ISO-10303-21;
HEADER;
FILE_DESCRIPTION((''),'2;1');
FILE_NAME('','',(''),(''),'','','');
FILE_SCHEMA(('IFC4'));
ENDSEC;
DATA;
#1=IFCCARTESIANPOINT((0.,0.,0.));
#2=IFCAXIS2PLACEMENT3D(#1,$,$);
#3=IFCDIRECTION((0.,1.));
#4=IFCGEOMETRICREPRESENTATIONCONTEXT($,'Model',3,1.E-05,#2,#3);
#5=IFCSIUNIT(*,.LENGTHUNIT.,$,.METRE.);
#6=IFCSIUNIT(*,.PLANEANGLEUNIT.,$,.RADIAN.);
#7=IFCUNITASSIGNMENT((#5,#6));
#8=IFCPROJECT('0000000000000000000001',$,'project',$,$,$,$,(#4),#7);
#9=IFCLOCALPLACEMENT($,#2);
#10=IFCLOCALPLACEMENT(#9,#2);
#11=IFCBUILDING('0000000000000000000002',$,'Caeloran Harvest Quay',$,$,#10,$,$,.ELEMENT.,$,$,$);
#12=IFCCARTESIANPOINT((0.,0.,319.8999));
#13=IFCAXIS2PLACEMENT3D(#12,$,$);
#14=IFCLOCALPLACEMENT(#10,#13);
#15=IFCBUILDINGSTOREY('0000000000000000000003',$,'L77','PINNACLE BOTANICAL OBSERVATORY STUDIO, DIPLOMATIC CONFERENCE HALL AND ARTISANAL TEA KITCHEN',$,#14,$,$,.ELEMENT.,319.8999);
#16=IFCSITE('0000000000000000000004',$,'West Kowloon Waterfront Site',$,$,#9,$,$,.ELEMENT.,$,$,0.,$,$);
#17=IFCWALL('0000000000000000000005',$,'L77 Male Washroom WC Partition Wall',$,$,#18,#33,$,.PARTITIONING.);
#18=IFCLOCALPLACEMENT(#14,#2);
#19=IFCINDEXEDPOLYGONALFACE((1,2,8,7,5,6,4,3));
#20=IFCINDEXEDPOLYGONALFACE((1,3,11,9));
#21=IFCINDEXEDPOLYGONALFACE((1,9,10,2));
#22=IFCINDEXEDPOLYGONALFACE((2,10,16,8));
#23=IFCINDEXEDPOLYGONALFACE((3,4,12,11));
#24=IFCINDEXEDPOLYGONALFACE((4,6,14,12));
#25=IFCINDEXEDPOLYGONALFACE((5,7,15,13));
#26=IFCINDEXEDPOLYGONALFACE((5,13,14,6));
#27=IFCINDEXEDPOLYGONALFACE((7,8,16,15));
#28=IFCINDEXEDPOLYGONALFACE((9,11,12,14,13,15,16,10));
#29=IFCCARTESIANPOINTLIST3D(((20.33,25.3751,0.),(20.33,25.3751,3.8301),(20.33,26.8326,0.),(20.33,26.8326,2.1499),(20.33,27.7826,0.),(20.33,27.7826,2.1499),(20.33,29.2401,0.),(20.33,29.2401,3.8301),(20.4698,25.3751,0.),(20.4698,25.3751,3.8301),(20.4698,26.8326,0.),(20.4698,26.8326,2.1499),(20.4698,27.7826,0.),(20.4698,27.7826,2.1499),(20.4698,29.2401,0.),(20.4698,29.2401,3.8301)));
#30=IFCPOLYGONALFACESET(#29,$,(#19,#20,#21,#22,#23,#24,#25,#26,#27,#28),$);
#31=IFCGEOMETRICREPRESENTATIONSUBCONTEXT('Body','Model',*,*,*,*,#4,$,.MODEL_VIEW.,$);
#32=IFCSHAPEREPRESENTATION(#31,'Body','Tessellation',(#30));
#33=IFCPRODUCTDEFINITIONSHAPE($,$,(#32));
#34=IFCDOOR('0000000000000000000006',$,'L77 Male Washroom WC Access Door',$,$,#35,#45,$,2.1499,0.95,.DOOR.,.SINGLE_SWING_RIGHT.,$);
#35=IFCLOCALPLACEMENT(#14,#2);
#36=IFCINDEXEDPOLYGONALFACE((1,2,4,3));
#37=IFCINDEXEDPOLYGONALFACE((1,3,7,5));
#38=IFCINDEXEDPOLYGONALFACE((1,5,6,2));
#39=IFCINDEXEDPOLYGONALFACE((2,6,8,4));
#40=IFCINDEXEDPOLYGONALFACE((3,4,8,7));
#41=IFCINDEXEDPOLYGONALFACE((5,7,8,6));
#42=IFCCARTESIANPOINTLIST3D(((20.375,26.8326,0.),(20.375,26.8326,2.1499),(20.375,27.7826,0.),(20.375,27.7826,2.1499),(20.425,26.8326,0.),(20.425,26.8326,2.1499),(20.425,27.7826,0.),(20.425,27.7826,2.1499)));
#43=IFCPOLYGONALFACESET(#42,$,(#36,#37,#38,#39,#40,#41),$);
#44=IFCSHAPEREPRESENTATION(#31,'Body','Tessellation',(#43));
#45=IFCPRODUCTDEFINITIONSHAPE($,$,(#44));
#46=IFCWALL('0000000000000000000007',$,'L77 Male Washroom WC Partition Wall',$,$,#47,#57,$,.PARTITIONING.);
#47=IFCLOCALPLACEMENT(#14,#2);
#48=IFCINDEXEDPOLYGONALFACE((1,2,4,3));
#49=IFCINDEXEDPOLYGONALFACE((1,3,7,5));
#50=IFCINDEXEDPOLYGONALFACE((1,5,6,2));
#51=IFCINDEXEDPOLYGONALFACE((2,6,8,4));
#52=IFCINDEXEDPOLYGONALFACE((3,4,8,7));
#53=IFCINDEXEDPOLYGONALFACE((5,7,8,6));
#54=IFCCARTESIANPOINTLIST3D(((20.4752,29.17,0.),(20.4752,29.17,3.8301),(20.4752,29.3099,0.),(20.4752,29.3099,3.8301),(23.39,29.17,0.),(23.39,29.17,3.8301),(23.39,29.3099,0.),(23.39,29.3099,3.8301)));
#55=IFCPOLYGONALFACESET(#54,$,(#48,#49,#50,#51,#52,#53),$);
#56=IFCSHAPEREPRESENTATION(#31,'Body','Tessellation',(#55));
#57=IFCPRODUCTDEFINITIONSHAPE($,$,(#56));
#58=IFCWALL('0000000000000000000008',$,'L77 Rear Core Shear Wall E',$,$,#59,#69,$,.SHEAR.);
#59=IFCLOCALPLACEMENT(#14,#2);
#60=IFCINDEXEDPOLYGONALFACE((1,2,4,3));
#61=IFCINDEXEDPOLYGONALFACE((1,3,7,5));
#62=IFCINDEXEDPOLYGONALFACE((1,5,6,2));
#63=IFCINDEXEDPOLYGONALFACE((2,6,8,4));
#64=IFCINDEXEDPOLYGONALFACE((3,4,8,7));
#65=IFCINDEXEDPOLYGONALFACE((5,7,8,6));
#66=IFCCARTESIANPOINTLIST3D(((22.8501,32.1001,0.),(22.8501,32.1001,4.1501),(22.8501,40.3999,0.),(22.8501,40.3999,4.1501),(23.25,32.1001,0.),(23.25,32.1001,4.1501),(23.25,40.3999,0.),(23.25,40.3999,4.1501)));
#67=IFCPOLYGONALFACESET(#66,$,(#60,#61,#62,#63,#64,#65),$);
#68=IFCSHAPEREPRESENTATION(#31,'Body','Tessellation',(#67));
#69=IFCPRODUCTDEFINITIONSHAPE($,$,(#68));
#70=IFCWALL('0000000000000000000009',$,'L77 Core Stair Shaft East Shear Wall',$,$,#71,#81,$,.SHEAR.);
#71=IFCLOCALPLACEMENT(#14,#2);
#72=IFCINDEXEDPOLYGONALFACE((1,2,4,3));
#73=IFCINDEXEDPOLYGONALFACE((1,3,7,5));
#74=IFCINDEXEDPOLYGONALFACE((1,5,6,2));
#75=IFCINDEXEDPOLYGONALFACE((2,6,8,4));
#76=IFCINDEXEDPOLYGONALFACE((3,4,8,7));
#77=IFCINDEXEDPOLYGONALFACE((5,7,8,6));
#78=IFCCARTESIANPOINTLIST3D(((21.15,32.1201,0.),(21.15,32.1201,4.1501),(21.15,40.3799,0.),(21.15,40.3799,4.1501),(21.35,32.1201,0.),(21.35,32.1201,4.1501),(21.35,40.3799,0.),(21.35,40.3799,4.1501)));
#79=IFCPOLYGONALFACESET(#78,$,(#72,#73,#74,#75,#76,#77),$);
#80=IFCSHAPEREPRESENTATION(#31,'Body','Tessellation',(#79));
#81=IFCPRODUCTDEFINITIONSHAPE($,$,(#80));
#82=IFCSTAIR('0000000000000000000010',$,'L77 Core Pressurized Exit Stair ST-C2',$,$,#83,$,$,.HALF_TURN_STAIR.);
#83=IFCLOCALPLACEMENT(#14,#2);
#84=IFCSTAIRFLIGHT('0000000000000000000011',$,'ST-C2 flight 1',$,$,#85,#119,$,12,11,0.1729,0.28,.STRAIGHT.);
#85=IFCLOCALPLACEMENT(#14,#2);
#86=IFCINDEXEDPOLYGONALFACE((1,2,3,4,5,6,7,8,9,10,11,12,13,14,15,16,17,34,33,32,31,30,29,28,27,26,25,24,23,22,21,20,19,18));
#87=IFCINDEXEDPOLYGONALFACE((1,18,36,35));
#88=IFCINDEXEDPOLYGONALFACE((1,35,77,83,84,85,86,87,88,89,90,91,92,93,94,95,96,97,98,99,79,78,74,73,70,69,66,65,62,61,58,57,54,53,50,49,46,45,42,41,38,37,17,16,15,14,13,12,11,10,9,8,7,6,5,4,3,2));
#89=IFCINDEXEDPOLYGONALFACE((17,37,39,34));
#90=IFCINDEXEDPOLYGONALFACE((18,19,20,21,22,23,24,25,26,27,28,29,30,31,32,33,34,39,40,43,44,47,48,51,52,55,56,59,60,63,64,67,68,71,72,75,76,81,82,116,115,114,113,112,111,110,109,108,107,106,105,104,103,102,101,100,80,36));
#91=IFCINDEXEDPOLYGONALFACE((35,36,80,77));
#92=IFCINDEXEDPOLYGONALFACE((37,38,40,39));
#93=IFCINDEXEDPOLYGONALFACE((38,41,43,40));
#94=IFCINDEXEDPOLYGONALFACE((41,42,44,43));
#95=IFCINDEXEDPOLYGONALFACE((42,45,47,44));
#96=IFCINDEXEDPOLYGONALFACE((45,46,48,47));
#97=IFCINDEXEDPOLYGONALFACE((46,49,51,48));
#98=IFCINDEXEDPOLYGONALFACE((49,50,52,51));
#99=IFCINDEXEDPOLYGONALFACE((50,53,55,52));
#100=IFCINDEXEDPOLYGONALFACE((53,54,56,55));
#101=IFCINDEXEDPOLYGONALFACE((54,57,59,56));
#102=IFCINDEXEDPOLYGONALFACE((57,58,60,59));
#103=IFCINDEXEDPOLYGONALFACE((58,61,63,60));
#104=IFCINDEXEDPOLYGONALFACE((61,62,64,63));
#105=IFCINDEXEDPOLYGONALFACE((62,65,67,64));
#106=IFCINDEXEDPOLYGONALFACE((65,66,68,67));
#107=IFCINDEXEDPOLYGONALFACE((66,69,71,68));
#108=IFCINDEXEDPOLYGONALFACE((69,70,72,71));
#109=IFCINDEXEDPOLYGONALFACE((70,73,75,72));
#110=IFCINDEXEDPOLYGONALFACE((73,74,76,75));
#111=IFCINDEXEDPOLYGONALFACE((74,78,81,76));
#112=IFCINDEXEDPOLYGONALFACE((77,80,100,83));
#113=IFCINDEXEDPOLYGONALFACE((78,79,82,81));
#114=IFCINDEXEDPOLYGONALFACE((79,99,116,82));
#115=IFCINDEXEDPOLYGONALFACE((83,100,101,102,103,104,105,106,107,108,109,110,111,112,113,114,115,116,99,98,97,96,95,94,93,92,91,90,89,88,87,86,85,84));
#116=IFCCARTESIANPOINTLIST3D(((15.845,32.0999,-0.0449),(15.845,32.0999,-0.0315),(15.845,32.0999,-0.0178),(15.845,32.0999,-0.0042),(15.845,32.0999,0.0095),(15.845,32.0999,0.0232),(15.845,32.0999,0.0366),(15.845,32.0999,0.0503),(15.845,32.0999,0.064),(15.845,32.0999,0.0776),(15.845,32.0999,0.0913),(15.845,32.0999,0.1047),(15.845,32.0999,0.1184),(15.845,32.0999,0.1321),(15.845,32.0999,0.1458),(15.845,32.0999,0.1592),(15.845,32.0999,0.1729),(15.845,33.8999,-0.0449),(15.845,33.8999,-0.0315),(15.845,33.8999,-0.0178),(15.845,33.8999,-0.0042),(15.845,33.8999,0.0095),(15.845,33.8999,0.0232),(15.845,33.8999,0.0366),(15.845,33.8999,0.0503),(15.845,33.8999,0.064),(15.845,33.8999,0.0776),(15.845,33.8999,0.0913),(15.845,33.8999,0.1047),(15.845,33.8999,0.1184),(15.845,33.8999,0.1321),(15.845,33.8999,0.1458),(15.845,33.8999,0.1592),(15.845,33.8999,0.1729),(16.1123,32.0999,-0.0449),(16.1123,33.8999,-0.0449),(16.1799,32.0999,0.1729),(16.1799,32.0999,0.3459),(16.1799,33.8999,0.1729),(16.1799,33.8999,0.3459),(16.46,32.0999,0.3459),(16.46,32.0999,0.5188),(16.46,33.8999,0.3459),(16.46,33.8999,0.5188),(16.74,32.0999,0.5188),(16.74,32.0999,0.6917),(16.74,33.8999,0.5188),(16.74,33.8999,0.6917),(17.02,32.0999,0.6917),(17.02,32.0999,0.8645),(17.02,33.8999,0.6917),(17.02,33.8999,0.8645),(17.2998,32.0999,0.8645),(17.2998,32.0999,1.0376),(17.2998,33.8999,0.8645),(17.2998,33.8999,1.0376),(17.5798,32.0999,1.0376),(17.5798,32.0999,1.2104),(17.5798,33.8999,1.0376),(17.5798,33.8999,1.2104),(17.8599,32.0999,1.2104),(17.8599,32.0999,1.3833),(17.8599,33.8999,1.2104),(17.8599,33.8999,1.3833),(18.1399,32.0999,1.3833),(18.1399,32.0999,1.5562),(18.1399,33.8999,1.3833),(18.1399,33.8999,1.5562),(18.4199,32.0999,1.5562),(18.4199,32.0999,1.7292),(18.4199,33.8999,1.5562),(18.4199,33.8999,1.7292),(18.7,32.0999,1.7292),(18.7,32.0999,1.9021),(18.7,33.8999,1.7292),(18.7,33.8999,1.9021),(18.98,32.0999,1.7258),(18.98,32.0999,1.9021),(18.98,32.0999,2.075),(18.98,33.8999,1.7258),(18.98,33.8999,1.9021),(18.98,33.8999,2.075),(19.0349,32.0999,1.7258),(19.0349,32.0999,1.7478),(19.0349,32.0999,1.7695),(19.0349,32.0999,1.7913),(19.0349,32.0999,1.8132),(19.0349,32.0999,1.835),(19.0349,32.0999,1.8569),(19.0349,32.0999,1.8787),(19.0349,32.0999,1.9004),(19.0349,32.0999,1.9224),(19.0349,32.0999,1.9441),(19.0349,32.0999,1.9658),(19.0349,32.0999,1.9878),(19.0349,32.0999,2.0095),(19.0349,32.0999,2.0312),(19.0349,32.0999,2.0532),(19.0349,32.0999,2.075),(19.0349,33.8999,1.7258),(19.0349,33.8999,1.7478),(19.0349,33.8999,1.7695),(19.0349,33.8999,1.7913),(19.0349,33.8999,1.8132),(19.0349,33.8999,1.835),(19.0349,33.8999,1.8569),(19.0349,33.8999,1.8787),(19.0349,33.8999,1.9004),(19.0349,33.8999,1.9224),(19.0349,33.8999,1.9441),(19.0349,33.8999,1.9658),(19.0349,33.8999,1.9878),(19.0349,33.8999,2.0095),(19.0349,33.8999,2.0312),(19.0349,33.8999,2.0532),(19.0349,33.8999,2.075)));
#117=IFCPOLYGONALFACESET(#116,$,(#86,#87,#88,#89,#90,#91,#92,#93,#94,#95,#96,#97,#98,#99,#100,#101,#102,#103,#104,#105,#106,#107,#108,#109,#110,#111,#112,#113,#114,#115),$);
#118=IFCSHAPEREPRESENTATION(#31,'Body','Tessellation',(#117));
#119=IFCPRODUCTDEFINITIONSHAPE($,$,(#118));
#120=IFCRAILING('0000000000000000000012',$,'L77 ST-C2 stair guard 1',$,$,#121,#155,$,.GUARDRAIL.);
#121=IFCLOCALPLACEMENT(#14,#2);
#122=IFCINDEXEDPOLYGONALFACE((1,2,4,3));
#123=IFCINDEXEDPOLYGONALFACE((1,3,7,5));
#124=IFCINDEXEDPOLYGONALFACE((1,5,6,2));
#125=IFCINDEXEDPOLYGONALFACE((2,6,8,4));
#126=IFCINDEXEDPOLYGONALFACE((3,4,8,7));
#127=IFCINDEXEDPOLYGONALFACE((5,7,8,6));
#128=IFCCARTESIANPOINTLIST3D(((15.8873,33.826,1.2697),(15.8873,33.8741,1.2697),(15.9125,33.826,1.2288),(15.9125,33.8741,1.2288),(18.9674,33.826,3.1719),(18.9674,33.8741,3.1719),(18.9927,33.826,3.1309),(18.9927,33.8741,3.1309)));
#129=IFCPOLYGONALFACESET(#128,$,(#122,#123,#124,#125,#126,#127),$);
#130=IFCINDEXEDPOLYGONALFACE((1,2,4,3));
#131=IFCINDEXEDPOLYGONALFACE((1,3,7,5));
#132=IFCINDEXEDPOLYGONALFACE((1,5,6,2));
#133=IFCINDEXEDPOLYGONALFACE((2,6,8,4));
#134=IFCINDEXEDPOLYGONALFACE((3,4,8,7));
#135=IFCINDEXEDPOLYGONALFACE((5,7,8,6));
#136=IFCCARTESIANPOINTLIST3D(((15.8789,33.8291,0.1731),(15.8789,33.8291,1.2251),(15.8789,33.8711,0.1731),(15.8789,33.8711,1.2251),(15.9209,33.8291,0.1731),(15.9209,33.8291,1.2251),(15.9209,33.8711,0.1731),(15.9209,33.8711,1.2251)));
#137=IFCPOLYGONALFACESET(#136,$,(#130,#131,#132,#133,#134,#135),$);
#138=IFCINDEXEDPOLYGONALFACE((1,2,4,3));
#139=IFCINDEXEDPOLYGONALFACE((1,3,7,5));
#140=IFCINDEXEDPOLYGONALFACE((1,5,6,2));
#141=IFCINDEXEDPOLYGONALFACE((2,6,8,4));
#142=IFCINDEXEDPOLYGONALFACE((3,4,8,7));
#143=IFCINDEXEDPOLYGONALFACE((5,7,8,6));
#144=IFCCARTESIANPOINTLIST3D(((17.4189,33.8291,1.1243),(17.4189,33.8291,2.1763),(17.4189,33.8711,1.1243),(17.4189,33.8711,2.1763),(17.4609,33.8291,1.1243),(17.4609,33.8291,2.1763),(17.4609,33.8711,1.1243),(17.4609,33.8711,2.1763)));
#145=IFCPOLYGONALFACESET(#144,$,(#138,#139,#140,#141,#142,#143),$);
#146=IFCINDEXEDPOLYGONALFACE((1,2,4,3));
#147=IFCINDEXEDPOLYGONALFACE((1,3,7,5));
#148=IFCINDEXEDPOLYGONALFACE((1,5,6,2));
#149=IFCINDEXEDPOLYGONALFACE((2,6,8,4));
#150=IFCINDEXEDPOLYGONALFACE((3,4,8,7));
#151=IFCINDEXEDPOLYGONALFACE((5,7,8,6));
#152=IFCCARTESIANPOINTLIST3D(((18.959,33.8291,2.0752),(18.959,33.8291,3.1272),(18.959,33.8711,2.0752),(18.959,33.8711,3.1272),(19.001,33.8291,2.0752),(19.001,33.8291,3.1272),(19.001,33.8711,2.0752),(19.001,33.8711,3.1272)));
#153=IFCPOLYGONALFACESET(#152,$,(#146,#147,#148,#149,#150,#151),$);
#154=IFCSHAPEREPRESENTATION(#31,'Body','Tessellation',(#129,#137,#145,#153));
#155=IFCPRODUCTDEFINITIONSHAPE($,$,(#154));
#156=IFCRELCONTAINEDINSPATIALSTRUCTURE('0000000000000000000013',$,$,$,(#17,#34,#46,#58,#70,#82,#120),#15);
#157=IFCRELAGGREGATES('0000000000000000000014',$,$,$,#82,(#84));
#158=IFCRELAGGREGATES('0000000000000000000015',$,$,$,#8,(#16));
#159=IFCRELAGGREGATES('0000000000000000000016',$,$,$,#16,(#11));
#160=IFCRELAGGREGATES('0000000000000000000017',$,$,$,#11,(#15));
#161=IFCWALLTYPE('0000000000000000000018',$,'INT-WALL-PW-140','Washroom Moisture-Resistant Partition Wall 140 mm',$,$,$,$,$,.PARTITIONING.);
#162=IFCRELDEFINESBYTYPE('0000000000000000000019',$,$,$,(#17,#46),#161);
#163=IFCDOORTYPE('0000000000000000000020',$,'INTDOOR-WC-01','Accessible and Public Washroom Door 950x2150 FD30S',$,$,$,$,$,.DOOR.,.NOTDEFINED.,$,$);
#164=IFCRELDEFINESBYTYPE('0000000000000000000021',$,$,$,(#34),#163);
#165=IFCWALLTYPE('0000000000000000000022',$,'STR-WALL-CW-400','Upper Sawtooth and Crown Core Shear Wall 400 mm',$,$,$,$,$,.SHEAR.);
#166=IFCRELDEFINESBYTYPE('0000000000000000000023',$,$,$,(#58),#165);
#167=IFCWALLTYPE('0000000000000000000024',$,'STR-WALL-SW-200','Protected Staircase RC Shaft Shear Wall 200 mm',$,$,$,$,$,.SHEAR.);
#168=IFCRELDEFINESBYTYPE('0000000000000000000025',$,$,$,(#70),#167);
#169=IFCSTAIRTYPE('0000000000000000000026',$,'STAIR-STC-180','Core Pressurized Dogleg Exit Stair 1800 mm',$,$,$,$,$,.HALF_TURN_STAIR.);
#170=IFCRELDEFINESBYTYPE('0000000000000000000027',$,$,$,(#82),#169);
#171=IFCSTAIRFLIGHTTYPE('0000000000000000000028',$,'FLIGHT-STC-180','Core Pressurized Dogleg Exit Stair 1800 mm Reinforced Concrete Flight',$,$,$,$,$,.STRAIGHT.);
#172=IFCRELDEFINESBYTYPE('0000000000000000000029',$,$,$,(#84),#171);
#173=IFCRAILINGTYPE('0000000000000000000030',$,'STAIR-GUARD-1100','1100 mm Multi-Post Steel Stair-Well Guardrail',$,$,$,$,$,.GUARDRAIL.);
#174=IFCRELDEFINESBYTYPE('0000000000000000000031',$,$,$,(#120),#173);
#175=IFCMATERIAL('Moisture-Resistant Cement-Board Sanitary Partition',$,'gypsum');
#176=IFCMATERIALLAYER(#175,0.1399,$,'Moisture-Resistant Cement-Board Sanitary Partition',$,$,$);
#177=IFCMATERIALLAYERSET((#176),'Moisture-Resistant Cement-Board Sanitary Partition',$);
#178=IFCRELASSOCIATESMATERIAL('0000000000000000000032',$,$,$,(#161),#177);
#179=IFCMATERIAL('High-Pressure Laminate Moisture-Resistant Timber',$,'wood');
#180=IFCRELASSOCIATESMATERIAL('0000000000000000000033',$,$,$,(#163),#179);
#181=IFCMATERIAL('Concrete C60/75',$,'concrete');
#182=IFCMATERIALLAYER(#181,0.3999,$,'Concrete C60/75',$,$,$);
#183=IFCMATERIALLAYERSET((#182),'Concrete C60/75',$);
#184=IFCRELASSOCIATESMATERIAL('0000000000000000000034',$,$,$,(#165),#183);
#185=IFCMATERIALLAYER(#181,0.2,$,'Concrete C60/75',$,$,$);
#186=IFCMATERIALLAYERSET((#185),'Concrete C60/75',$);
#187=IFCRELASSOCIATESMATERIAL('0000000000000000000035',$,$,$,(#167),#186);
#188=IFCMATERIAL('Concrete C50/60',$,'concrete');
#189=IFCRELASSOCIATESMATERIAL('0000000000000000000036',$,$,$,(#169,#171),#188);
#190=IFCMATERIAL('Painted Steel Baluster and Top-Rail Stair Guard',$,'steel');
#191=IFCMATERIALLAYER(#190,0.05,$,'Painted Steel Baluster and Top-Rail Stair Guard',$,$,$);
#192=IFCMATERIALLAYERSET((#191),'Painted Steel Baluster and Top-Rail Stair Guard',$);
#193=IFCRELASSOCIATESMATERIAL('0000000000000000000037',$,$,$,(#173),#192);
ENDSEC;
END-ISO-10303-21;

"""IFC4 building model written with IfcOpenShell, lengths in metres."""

from ifc_helpers import new_model, si_unit, direction, frame, frame_2d, origin, origin_2d, place, context, subcontext, project, spatial, polyline, rectangle, outline, extrude, material, layer, layer_set, type_object, element, fill, aggregate, save


model = new_model("IFC4")

# Units and contexts
model_context = context("Model", 3, precision=1e-05, world=origin(), true_north=direction((0.0, 1.0)))
body_context = subcontext(model_context, "Body", "Model", "MODEL_VIEW")
ifc_project = project(units=[si_unit("LENGTHUNIT", "METRE"), si_unit("PLANEANGLEUNIT", "RADIAN")], contexts=[model_context])

# Site, building, storey
site_placement = place(None, origin())
site = spatial("IfcSite", under=ifc_project, at=site_placement, Name="West Kowloon Waterfront Site", CompositionType="ELEMENT", RefElevation=0.0)
building_placement = place(site_placement, origin())
building = spatial("IfcBuilding", under=site, at=building_placement, Name="Caeloran Harvest Quay", CompositionType="ELEMENT")
storey_placement = place(building_placement, frame((0.0, 0.0, 319.8999)))
storey = spatial("IfcBuildingStorey", under=building, at=storey_placement, Name="L77", Description="PINNACLE BOTANICAL OBSERVATORY STUDIO, DIPLOMATIC CONFERENCE HALL AND ARTISANAL TEA KITCHEN", CompositionType="ELEMENT", Elevation=319.8999)

# Shared definitions
ifc_material_1 = material(Name="Concrete C60/75", Category="concrete")

# Shared definitions
ifc_material_2 = material(Name="Moisture-Resistant Cement-Board Sanitary Partition", Category="gypsum")
ifc_layer_1 = layer(ifc_material_2, 0.1399, Name="Moisture-Resistant Cement-Board Sanitary Partition")
ifc_layer_set_1 = layer_set([ifc_layer_1], Name="Moisture-Resistant Cement-Board Sanitary Partition")
wall_type_1 = type_object("IfcWallType", Name="INT-WALL-PW-140", Description="Washroom Moisture-Resistant Partition Wall 140 mm", PredefinedType="PARTITIONING", material=ifc_layer_set_1)

# Wall, opening, door
wall_1_placement = place(storey_placement, frame((20.3999, 25.375, 0.0), z_axis=(0.0, 0.0, 1.0), x_axis=(0.0, 1.0, 0.0)))
wall_1 = element("IfcWall", 1, at=wall_1_placement, inside=storey, type_object=wall_type_1, Name="L77 Male Washroom WC Partition Wall", PredefinedType="PARTITIONING", context=body_context, shape_type="SweptSolid", body=[
    extrude(rectangle(XDim=3.865, YDim=0.1399, at=frame_2d((1.9326, 0.0))), origin(), (0.0, 0.0, 1.0), 3.8301),
])
opening_1_placement = place(wall_1_placement, frame((1.4575, 0.0, 0.0)))
opening_1 = element("IfcOpeningElement", 2, at=opening_1_placement, cuts=wall_1, PredefinedType="OPENING", context=body_context, shape_type="SweptSolid", body=[
    extrude(rectangle(XDim=0.95, YDim=2.1499, at=frame_2d((0.4751, 1.075))), frame((0.0, 0.0801, 0.0), z_axis=(0.0, -1.0, 0.0), x_axis=(1.0, 0.0, 0.0)), (0.0, 0.0, 1.0), 0.1599),
])
ifc_material_3 = material(Name="High-Pressure Laminate Moisture-Resistant Timber", Category="wood")
door_type_1 = type_object("IfcDoorType", Name="INTDOOR-WC-01", Description="Accessible and Public Washroom Door 950x2150 FD30S", OperationType="NOTDEFINED", PredefinedType="DOOR", material=ifc_material_3)
door_1_placement = place(opening_1_placement, origin())
door_1 = element("IfcDoor", 3, at=door_1_placement, inside=storey, type_object=door_type_1, Name="L77 Male Washroom WC Access Door", OperationType="SINGLE_SWING_RIGHT", OverallHeight=2.1499, OverallWidth=0.95, PredefinedType="DOOR", context=body_context, shape_type="SweptSolid", body=[
    extrude(rectangle(XDim=0.95, YDim=2.1499, at=frame_2d((0.4751, 1.075))), frame((0.0, 0.0249, 0.0), z_axis=(0.0, -1.0, 0.0), x_axis=(1.0, 0.0, 0.0)), (0.0, 0.0, 1.0), 0.05),
])
fill(opening_1, door_1)

# Walls
wall_2_placement = place(storey_placement, frame((20.4751, 29.24, 0.0), z_axis=(0.0, 0.0, 1.0), x_axis=(1.0, 0.0, 0.0)))
element("IfcWall", 4, at=wall_2_placement, inside=storey, type_object=wall_type_1, Name="L77 Male Washroom WC Partition Wall", PredefinedType="PARTITIONING", context=body_context, shape_type="SweptSolid", body=[
    extrude(rectangle(XDim=2.9148, YDim=0.1399, at=frame_2d((1.4575, 0.0))), origin(), (0.0, 0.0, 1.0), 3.8301),
])
ifc_layer_2 = layer(ifc_material_1, 0.3999, Name="Concrete C60/75")
ifc_layer_set_2 = layer_set([ifc_layer_2], Name="Concrete C60/75")
wall_type_2 = type_object("IfcWallType", Name="STR-WALL-CW-400", Description="Upper Sawtooth and Crown Core Shear Wall 400 mm", PredefinedType="SHEAR", material=ifc_layer_set_2)
wall_3_placement = place(storey_placement, frame((23.05, 32.1001, 0.0), z_axis=(0.0, 0.0, 1.0), x_axis=(0.0, 1.0, 0.0)))
element("IfcWall", 5, at=wall_3_placement, inside=storey, type_object=wall_type_2, Name="L77 Rear Core Shear Wall E", PredefinedType="SHEAR", context=body_context, shape_type="SweptSolid", body=[
    extrude(rectangle(XDim=8.2998, YDim=0.3999, at=frame_2d((4.1499, 0.0))), origin(), (0.0, 0.0, 1.0), 4.1501),
])
ifc_layer_3 = layer(ifc_material_1, 0.2, Name="Concrete C60/75")
ifc_layer_set_3 = layer_set([ifc_layer_3], Name="Concrete C60/75")
wall_type_3 = type_object("IfcWallType", Name="STR-WALL-SW-200", Description="Protected Staircase RC Shaft Shear Wall 200 mm", PredefinedType="SHEAR", material=ifc_layer_set_3)
wall_4_placement = place(storey_placement, frame((21.25, 32.1201, 0.0), z_axis=(0.0, 0.0, 1.0), x_axis=(0.0, 1.0, 0.0)))
element("IfcWall", 6, at=wall_4_placement, inside=storey, type_object=wall_type_3, Name="L77 Core Stair Shaft East Shear Wall", PredefinedType="SHEAR", context=body_context, shape_type="SweptSolid", body=[
    extrude(rectangle(XDim=8.2598, YDim=0.2, at=frame_2d((4.1299, 0.0))), origin(), (0.0, 0.0, 1.0), 4.1501),
])

# Stair, stair flight
ifc_material_4 = material(Name="Concrete C50/60", Category="concrete")
stair_type = type_object("IfcStairType", Name="STAIR-STC-180", Description="Core Pressurized Dogleg Exit Stair 1800 mm", PredefinedType="HALF_TURN_STAIR", material=ifc_material_4)
stair_placement = place(storey_placement, origin())
stair = element("IfcStair", 7, at=stair_placement, inside=storey, type_object=stair_type, Name="L77 Core Pressurized Exit Stair ST-C2", PredefinedType="HALF_TURN_STAIR")
stair_flight_type = type_object("IfcStairFlightType", Name="FLIGHT-STC-180", Description="Core Pressurized Dogleg Exit Stair 1800 mm Reinforced Concrete Flight", PredefinedType="STRAIGHT", material=ifc_material_4)
stair_flight_placement = place(storey_placement, frame((15.8999, 33.0, 0.0), z_axis=(0.0, 0.0, 1.0), x_axis=(1.0, 0.0, 0.0)))
stair_flight = element("IfcStairFlight", 8, at=stair_flight_placement, type_object=stair_flight_type, Name="ST-C2 flight 1", NumberOfRisers=12, NumberOfTreads=11, PredefinedType="STRAIGHT", RiserHeight=0.1729, TreadLength=0.28, context=body_context, shape_type="SweptSolid", body=[
    extrude(outline(polyline([(-0.0549, -0.0449), (-0.0549, -0.0315), (-0.0549, -0.0178), (-0.0549, -0.0042), (-0.0549, 0.0095), (-0.0549, 0.0232), (-0.0549, 0.0366), (-0.0549, 0.0503), (-0.0549, 0.064), (-0.0549, 0.0776), (-0.0549, 0.0913), (-0.0549, 0.1047), (-0.0549, 0.1184), (-0.0549, 0.1321), (-0.0549, 0.1458), (-0.0549, 0.1592), (-0.0549, 0.1729), (0.28, 0.1729), (0.28, 0.3459), (0.5601, 0.3459), (0.5601, 0.5188), (0.8401, 0.5188), (0.8401, 0.6917), (1.1201, 0.6917), (1.1201, 0.8645), (1.3999, 0.8645), (1.3999, 1.0376), (1.6799, 1.0376), (1.6799, 1.2104), (1.96, 1.2104), (1.96, 1.3833), (2.24, 1.3833), (2.24, 1.5562), (2.52, 1.5562), (2.52, 1.7292), (2.8, 1.7292), (2.8, 1.9021), (3.0801, 1.9021), (3.0801, 2.075), (3.135, 2.075), (3.135, 2.0532), (3.135, 2.0312), (3.135, 2.0095), (3.135, 1.9878), (3.135, 1.9658), (3.135, 1.9441), (3.135, 1.9224), (3.135, 1.9004), (3.135, 1.8787), (3.135, 1.8569), (3.135, 1.835), (3.135, 1.8132), (3.135, 1.7913), (3.135, 1.7695), (3.135, 1.7478), (3.135, 1.7258), (3.0801, 1.7258), (0.2124, -0.0449), (-0.0549, -0.0449)])), frame((0.0, 0.8999, 0.0), z_axis=(0.0, -1.0, 0.0), x_axis=(1.0, 0.0, 0.0)), (0.0, 0.0, 1.0), 1.8),
])
aggregate(stair, [stair_flight])

# Railing
ifc_material_5 = material(Name="Painted Steel Baluster and Top-Rail Stair Guard", Category="steel")
ifc_layer_4 = layer(ifc_material_5, 0.05, Name="Painted Steel Baluster and Top-Rail Stair Guard")
ifc_layer_set_4 = layer_set([ifc_layer_4], Name="Painted Steel Baluster and Top-Rail Stair Guard")
railing_type_1 = type_object("IfcRailingType", Name="STAIR-GUARD-1100", Description="1100 mm Multi-Post Steel Stair-Well Guardrail", PredefinedType="GUARDRAIL", material=ifc_layer_set_4)
railing_1_placement = place(storey_placement, frame((15.8999, 33.8501, 0.1731)))
element("IfcRailing", 9, at=railing_1_placement, inside=storey, type_object=railing_type_1, Name="L77 ST-C2 stair guard 1", PredefinedType="GUARDRAIL", context=body_context, shape_type="SweptSolid", body=[
    extrude(rectangle(XDim=0.0481, YDim=0.0481, at=origin_2d()), frame((0.0, 0.0, 1.0762), z_axis=(0.850835, 0.0, 0.525433), x_axis=(0.0, 1.0, 0.0)), (0.0, 0.0, 1.0), 3.6201),
    extrude(rectangle(XDim=0.042, YDim=0.042, at=origin_2d()), origin(), (0.0, 0.0, 1.0), 1.052),
    extrude(rectangle(XDim=0.042, YDim=0.042, at=origin_2d()), frame((1.54, 0.0, 0.9512)), (0.0, 0.0, 1.0), 1.052),
    extrude(rectangle(XDim=0.042, YDim=0.042, at=origin_2d()), frame((3.0801, 0.0, 1.9021)), (0.0, 0.0, 1.0), 1.052),
])

save(model, "model.ifc")
